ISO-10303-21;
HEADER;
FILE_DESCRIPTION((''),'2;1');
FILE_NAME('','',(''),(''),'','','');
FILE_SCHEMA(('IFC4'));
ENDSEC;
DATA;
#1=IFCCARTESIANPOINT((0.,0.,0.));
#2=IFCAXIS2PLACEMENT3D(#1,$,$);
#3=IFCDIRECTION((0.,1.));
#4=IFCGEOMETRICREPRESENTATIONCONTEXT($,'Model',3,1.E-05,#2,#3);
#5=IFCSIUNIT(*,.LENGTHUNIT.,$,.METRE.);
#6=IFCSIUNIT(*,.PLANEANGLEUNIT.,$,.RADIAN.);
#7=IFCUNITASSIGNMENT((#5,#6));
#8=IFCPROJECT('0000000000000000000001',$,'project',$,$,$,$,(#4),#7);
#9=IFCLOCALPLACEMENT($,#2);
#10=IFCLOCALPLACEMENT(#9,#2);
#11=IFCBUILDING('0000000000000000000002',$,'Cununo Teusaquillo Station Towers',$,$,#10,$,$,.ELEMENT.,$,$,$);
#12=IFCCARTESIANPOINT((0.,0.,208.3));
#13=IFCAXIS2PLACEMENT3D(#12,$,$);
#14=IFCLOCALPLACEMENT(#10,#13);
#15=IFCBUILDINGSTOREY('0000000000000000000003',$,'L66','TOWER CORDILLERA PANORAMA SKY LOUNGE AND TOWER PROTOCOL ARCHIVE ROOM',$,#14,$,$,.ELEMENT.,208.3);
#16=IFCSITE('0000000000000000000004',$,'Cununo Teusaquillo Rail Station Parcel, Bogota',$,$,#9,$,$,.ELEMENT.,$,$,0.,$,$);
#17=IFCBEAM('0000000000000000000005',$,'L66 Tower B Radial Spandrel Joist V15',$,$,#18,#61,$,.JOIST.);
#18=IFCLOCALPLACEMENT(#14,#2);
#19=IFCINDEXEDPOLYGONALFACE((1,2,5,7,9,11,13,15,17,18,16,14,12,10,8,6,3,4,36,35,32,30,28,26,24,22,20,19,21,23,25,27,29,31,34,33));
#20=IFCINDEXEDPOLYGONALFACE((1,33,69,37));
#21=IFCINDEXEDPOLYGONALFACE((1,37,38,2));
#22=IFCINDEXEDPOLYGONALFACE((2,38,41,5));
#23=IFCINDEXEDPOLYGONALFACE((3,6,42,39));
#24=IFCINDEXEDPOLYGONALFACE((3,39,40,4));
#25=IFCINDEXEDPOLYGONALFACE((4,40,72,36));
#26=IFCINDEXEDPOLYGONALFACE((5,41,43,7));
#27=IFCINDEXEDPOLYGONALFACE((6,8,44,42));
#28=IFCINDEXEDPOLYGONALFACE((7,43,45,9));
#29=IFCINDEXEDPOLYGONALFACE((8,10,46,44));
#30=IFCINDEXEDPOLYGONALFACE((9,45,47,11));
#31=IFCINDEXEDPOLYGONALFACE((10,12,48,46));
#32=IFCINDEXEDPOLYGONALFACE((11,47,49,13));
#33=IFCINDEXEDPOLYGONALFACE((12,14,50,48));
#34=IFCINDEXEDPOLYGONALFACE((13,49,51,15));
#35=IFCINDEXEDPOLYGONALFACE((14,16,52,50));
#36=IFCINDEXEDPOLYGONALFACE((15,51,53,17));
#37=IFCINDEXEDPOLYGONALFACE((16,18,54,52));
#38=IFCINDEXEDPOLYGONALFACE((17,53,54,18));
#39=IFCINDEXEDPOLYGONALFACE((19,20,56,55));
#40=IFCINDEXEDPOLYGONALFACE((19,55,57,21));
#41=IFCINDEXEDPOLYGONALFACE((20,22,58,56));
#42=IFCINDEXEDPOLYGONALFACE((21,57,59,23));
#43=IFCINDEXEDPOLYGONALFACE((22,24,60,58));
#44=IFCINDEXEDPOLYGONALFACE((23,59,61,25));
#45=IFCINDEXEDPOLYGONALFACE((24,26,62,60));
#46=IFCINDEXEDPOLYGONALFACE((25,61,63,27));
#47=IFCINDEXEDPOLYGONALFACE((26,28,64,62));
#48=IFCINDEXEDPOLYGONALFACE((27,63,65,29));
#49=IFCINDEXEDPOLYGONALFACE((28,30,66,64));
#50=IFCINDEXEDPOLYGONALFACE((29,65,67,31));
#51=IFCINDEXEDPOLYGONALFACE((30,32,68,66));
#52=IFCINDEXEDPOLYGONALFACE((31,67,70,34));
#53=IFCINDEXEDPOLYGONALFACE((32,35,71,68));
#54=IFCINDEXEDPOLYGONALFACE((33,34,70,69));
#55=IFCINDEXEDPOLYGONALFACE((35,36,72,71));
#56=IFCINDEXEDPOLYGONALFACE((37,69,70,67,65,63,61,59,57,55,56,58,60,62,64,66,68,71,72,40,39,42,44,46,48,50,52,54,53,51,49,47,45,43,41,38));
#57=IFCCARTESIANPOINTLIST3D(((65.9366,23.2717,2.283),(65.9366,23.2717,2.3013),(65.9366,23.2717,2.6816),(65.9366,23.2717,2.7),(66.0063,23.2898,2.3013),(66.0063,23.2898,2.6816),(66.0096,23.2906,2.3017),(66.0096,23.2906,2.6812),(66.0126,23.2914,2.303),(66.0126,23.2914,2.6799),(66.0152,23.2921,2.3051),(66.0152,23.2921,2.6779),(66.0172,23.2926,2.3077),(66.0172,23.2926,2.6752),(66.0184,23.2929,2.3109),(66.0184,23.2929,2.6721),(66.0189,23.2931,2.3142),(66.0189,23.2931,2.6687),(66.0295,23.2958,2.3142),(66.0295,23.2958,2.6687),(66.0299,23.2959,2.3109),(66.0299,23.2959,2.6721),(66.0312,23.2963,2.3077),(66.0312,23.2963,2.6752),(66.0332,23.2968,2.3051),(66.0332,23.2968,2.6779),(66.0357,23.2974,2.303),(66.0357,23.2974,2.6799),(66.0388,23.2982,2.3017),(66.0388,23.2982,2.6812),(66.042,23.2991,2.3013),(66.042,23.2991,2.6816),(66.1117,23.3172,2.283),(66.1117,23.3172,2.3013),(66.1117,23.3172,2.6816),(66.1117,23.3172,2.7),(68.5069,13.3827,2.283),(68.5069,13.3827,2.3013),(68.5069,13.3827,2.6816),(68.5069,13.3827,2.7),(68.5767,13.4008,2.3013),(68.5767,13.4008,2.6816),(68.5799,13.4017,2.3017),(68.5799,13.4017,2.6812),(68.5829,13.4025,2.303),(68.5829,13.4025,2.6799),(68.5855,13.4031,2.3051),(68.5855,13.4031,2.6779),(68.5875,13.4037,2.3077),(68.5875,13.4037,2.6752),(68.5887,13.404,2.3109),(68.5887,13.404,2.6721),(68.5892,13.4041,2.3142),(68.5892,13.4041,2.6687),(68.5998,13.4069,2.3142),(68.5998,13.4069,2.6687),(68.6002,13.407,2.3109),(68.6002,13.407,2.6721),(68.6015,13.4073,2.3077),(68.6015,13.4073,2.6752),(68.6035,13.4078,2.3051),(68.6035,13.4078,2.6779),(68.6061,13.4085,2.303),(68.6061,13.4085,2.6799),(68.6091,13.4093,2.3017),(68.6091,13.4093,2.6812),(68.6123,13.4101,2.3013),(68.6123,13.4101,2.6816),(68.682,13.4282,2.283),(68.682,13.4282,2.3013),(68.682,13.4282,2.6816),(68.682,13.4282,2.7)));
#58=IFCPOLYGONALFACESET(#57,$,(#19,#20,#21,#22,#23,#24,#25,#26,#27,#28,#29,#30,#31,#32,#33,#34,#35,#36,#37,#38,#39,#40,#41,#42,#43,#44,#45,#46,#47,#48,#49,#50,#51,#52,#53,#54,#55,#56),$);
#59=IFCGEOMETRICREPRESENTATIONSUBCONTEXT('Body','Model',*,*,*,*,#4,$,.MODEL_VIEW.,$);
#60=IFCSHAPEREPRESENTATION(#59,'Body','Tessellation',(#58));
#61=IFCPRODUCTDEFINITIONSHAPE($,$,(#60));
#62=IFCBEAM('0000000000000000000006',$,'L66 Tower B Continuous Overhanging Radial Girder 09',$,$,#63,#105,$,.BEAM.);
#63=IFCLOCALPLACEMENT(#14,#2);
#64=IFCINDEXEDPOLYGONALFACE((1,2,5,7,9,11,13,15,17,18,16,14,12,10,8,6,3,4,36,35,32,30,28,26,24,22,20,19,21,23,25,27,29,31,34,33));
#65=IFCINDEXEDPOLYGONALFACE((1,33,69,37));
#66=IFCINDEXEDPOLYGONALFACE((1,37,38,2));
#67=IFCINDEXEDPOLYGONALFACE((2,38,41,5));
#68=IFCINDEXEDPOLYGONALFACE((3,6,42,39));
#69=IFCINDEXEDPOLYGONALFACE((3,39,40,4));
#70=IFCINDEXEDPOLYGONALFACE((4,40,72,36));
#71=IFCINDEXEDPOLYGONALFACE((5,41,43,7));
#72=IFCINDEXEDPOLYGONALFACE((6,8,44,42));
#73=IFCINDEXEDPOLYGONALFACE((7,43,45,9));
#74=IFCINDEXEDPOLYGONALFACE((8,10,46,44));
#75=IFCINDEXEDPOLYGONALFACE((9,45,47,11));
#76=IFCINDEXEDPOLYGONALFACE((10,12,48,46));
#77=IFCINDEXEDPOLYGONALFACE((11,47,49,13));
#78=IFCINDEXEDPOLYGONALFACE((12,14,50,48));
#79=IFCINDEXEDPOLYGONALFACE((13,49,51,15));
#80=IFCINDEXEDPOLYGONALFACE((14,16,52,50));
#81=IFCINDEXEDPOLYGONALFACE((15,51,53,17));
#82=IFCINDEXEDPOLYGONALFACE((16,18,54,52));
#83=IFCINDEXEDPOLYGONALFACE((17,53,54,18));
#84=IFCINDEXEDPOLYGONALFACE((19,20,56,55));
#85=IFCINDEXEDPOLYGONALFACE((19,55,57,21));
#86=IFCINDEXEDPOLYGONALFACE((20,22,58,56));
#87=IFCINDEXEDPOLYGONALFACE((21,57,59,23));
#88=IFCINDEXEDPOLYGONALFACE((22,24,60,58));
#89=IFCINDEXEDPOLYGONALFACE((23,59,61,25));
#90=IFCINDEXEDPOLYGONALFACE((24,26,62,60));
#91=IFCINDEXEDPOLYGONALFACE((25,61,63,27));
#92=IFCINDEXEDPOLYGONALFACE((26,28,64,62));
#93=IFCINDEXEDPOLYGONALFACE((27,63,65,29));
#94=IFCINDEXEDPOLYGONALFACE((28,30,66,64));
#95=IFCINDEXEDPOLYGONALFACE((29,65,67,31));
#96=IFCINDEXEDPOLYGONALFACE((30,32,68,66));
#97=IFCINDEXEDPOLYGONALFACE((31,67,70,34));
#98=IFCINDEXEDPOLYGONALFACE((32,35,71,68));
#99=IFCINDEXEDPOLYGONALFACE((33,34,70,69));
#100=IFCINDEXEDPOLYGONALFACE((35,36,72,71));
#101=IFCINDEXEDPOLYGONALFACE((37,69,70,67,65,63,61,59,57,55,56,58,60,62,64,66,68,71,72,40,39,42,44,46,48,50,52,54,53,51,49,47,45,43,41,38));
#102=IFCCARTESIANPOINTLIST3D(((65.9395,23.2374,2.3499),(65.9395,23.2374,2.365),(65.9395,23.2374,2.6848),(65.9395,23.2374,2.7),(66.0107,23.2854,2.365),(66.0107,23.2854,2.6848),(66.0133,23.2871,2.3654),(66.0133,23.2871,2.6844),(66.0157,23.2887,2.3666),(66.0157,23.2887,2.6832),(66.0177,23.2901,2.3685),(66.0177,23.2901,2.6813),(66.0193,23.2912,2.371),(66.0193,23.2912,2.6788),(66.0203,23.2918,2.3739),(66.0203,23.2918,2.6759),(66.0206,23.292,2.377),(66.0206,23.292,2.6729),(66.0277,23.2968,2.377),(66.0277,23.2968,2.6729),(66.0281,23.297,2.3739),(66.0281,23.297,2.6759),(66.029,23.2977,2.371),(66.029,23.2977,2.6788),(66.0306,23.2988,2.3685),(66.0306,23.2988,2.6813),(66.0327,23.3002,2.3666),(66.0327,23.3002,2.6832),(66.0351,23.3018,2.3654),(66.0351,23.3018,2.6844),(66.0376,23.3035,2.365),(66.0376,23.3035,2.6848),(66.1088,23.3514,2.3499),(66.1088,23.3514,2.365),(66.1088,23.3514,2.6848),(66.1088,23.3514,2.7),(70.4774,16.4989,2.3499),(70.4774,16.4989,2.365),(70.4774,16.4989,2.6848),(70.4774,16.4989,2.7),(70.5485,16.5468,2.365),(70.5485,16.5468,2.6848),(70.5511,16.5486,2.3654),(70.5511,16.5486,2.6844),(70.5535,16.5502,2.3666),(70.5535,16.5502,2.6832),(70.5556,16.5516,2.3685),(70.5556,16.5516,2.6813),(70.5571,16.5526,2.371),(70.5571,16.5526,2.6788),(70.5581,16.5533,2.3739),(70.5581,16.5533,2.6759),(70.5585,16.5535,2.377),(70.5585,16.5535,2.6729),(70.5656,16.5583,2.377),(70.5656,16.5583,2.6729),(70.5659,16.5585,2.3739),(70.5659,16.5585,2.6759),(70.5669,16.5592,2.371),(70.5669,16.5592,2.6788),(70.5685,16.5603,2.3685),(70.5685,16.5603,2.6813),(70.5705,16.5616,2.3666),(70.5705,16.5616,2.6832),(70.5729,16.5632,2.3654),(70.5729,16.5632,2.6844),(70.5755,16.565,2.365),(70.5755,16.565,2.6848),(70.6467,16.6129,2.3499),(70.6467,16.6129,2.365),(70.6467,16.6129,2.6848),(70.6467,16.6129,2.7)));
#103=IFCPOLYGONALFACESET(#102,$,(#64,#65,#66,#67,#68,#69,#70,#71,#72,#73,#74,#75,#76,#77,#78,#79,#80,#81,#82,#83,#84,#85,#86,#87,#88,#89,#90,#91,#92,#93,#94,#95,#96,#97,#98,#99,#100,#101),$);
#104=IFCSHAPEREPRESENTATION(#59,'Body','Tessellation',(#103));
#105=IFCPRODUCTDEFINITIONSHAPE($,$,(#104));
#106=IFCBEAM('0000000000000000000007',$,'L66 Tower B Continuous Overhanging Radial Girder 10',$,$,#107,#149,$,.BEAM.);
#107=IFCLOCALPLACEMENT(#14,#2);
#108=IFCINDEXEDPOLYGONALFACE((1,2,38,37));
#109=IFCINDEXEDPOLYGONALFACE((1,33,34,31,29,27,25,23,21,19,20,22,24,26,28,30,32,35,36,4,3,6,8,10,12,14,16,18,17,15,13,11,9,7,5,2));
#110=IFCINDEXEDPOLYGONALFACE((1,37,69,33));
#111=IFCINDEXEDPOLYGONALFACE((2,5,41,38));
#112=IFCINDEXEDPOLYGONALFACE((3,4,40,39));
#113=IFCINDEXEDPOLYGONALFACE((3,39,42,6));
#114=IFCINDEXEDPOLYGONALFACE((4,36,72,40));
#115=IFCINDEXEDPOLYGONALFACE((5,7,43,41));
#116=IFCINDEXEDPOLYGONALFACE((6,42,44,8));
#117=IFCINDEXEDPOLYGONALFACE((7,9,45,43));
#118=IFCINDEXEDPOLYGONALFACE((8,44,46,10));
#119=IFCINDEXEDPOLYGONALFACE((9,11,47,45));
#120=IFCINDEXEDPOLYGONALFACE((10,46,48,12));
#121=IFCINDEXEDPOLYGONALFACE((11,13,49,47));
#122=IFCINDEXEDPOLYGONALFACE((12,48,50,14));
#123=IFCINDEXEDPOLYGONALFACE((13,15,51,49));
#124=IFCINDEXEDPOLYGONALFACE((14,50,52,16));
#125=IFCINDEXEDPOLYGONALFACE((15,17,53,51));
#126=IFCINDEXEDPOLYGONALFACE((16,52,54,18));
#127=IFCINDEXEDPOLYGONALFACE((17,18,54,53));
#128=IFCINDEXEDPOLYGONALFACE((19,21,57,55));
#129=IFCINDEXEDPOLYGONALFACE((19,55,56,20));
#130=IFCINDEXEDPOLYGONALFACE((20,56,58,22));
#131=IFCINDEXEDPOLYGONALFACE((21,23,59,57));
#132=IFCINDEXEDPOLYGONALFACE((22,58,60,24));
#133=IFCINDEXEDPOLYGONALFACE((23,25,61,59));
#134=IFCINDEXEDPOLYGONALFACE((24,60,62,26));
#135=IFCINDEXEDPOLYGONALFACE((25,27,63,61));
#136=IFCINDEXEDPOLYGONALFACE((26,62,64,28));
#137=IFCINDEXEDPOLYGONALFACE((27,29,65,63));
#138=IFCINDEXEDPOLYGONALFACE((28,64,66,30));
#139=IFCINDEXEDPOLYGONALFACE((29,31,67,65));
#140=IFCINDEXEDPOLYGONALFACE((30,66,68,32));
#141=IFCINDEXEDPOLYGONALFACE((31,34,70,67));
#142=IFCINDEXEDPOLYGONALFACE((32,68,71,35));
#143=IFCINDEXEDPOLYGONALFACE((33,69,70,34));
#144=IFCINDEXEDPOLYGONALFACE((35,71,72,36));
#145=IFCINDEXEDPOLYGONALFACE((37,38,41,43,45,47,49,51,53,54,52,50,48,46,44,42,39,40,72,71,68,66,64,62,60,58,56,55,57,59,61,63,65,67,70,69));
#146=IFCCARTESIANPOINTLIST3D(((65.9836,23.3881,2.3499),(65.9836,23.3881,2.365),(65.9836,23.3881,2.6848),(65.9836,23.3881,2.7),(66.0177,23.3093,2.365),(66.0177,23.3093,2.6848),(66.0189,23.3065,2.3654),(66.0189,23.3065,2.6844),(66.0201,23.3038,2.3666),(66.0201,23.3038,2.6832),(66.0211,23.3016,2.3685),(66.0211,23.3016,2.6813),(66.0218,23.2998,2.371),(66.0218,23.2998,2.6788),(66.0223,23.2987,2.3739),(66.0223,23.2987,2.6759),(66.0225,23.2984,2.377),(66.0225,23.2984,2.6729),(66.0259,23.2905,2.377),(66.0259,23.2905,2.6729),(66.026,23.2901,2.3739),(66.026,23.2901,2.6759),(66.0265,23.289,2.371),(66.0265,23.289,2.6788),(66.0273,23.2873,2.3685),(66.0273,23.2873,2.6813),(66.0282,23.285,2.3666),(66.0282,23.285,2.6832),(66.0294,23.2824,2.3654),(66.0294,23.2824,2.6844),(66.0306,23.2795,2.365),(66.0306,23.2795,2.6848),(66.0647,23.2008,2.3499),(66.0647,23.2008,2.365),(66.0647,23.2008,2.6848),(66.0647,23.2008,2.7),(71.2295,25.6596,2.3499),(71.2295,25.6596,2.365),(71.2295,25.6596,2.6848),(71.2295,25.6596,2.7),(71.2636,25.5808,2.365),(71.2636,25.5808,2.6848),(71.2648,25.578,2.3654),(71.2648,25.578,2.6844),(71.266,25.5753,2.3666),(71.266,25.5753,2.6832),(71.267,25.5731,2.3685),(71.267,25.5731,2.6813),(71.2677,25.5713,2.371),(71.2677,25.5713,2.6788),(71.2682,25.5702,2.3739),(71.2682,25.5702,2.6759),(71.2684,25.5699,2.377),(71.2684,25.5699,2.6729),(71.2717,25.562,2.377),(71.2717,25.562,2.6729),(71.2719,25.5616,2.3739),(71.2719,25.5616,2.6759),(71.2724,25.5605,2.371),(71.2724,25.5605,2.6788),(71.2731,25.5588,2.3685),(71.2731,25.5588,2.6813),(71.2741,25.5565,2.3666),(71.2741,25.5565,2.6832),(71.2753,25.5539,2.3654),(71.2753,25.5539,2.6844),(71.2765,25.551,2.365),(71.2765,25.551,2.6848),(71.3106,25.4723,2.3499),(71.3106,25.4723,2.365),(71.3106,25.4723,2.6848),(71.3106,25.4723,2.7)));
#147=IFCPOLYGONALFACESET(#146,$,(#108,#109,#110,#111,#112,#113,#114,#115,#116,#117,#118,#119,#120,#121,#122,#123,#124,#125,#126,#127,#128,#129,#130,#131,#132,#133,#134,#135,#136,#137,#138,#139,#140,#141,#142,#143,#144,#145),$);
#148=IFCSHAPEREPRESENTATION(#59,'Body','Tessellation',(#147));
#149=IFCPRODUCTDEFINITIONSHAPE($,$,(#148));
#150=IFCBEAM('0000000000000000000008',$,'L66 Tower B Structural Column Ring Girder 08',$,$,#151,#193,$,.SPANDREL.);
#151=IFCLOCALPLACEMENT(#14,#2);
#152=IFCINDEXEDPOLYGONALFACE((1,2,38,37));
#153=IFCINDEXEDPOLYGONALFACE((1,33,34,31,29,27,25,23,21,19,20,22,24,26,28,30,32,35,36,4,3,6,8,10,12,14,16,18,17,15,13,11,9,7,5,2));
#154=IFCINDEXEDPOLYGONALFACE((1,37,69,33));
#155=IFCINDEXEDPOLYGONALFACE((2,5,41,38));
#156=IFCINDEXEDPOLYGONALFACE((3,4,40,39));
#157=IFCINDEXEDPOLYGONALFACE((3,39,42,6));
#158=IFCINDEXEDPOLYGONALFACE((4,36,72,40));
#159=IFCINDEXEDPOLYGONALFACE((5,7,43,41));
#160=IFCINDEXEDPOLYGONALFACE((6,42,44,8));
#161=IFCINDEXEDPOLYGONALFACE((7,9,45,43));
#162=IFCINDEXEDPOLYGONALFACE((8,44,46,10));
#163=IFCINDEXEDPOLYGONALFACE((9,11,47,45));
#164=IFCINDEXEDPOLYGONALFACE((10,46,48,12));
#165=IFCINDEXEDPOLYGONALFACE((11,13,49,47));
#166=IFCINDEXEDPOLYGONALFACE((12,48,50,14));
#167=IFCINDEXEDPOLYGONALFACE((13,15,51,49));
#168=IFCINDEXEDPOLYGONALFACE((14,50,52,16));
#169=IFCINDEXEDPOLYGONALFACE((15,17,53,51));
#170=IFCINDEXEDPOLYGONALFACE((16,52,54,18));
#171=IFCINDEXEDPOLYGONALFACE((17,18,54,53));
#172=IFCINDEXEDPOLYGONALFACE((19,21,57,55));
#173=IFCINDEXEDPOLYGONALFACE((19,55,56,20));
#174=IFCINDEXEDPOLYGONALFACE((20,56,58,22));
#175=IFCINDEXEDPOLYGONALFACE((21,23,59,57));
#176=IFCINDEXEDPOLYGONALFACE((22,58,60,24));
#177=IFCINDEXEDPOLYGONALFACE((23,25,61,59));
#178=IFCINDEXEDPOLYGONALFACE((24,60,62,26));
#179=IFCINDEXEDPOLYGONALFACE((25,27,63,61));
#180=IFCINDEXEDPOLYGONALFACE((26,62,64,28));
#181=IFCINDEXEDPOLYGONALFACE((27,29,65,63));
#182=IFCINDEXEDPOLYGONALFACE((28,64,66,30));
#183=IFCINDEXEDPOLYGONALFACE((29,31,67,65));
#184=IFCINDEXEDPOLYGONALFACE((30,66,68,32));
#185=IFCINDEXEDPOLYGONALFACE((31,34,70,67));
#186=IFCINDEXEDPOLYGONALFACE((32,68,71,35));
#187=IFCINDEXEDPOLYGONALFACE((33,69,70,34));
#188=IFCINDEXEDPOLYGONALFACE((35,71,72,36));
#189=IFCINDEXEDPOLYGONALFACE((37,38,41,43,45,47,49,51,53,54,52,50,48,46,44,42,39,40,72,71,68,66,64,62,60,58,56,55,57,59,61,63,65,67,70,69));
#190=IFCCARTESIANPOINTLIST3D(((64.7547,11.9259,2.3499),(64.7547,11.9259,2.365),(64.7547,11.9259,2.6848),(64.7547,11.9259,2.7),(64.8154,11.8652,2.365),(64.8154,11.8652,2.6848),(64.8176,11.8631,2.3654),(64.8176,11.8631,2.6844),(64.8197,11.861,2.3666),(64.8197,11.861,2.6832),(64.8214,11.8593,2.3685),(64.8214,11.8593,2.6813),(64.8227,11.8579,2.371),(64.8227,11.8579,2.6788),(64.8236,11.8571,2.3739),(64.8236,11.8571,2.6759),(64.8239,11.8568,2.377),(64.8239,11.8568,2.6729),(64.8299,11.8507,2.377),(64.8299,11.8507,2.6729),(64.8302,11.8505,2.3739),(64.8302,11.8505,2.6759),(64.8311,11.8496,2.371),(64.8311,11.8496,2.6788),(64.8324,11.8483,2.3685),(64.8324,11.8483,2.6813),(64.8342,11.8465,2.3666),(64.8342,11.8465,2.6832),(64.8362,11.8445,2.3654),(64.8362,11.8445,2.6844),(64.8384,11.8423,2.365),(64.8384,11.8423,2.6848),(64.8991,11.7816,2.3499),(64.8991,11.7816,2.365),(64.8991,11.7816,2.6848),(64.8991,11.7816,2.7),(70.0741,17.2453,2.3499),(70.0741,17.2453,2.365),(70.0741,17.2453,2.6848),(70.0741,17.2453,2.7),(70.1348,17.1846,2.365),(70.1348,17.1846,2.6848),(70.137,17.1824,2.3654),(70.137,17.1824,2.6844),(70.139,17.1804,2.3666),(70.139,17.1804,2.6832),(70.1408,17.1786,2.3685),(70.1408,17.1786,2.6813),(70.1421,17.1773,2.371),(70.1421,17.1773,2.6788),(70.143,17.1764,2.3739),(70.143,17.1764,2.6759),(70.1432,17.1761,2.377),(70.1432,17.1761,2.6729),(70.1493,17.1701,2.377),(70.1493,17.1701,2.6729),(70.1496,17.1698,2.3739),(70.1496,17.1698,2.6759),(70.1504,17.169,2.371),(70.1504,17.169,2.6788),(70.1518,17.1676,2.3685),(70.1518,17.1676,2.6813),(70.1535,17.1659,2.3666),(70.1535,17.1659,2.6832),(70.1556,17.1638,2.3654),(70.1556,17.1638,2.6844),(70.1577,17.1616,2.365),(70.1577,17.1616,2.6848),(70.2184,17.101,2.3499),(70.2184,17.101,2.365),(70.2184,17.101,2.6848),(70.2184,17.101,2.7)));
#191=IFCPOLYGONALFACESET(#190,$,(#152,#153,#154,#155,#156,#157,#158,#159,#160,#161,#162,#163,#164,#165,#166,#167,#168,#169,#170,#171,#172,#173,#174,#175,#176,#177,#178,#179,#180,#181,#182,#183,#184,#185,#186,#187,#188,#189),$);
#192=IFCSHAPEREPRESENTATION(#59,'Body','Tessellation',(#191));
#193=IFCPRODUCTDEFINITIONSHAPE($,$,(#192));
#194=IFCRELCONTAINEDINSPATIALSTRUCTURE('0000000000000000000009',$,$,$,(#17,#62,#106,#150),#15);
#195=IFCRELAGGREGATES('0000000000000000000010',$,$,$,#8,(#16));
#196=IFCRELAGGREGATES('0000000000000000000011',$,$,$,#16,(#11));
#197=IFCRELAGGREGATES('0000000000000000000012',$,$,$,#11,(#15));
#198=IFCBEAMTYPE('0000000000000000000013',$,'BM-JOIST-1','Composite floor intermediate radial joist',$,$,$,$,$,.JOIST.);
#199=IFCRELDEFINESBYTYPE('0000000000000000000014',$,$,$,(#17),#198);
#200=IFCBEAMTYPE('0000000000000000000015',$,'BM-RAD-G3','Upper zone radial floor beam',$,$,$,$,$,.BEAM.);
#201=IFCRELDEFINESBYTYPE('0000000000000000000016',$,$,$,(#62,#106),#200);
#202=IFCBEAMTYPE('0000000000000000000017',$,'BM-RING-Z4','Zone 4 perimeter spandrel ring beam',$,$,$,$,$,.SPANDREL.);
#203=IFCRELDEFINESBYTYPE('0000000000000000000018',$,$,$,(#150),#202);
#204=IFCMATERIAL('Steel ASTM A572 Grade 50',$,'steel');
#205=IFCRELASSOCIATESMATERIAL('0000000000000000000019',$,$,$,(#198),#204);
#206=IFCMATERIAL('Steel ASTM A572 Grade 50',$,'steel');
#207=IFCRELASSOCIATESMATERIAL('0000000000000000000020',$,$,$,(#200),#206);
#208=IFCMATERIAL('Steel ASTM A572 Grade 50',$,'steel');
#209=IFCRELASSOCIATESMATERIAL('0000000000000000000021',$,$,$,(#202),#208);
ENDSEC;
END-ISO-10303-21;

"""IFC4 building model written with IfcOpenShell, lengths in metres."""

from ifc_helpers import new_model, si_unit, direction, frame, origin, origin_2d, place, context, subcontext, project, spatial, i_section, extrude, material, material_profile, profile_set, type_object, element, save


model = new_model("IFC4")

# Units and contexts
model_context = context("Model", 3, precision=1e-05, world=origin(), true_north=direction((0.0, 1.0)))
body_context = subcontext(model_context, "Body", "Model", "MODEL_VIEW")
ifc_project = project(units=[si_unit("LENGTHUNIT", "METRE"), si_unit("PLANEANGLEUNIT", "RADIAN")], contexts=[model_context])

# Site, building, storey
site_placement = place(None, origin())
site = spatial("IfcSite", under=ifc_project, at=site_placement, Name="Cununo Teusaquillo Rail Station Parcel, Bogota", CompositionType="ELEMENT", RefElevation=0.0)
building_placement = place(site_placement, origin())
building = spatial("IfcBuilding", under=site, at=building_placement, Name="Cununo Teusaquillo Station Towers", CompositionType="ELEMENT")
storey_placement = place(building_placement, frame((0.0, 0.0, 208.3)))
storey = spatial("IfcBuildingStorey", under=building, at=storey_placement, Name="L66", Description="TOWER CORDILLERA PANORAMA SKY LOUNGE AND TOWER PROTOCOL ARCHIVE ROOM", CompositionType="ELEMENT", Elevation=208.3)

# Beams
ifc_material_1 = material(Name="Steel ASTM A572 Grade 50", Category="steel")
ifc_material_profile_1 = material_profile(ifc_material_1, i_section(OverallWidth=0.1809, OverallDepth=0.417, WebThickness=0.011, FlangeThickness=0.0183, FilletRadius=0.0129, at=origin_2d()), Name="W16X57")
ifc_profile_set_1 = profile_set([ifc_material_profile_1], Name="Steel ASTM A572 Grade 50")
beam_type_1 = type_object("IfcBeamType", Name="BM-JOIST-1", Description="Composite floor intermediate radial joist", PredefinedType="JOIST", material=ifc_profile_set_1)
beam_1_placement = place(storey_placement, frame((66.0242, 23.2944, 2.4915), z_axis=(0.25156, -0.967842, 0.0), x_axis=(0.967842, 0.25156, 0.0)))
element("IfcBeam", 1, at=beam_1_placement, inside=storey, type_object=beam_type_1, Name="L66 Tower B Radial Spandrel Joist V15", PredefinedType="JOIST", context=body_context, shape_type="SweptSolid", body=[
    extrude(i_section(OverallWidth=0.1809, OverallDepth=0.417, WebThickness=0.011, FlangeThickness=0.0183, FilletRadius=0.0129, at=origin_2d()), origin(), (0.0, 0.0, 1.0), 10.2175),
])
ifc_material_2 = material(Name="Steel ASTM A572 Grade 50", Category="steel")
ifc_material_profile_2 = material_profile(ifc_material_2, i_section(OverallWidth=0.2041, OverallDepth=0.3501, WebThickness=0.0085, FlangeThickness=0.0151, FilletRadius=0.012, at=origin_2d()), Name="W14X48")
ifc_profile_set_2 = profile_set([ifc_material_profile_2], Name="Steel ASTM A572 Grade 50")
beam_type_2 = type_object("IfcBeamType", Name="BM-RAD-G3", Description="Upper zone radial floor beam", PredefinedType="BEAM", material=ifc_profile_set_2)
beam_2_placement = place(storey_placement, frame((66.0242, 23.2944, 2.5249), z_axis=(0.558571, -0.829457, 0.0), x_axis=(0.829457, 0.558571, 0.0)))
element("IfcBeam", 2, at=beam_2_placement, inside=storey, type_object=beam_type_2, Name="L66 Tower B Continuous Overhanging Radial Girder 09", PredefinedType="BEAM", context=body_context, shape_type="SweptSolid", body=[
    extrude(i_section(OverallWidth=0.2041, OverallDepth=0.3501, WebThickness=0.0085, FlangeThickness=0.0151, FilletRadius=0.012, at=origin_2d()), origin(), (0.0, 0.0, 1.0), 8.124),
])
beam_3_placement = place(storey_placement, frame((66.0242, 23.2944, 2.5249), z_axis=(0.917665, 0.397355, 0.0), x_axis=(-0.397355, 0.917665, 0.0)))
element("IfcBeam", 3, at=beam_3_placement, inside=storey, type_object=beam_type_2, Name="L66 Tower B Continuous Overhanging Radial Girder 10", PredefinedType="BEAM", context=body_context, shape_type="SweptSolid", body=[
    extrude(i_section(OverallWidth=0.2041, OverallDepth=0.3501, WebThickness=0.0085, FlangeThickness=0.0151, FilletRadius=0.012, at=origin_2d()), origin(), (0.0, 0.0, 1.0), 5.7166),
])
ifc_material_3 = material(Name="Steel ASTM A572 Grade 50", Category="steel")
ifc_material_profile_3 = material_profile(ifc_material_3, i_section(OverallWidth=0.2041, OverallDepth=0.3501, WebThickness=0.0085, FlangeThickness=0.0151, FilletRadius=0.012, at=origin_2d()), Name="W14X48")
ifc_profile_set_3 = profile_set([ifc_material_profile_3], Name="Steel ASTM A572 Grade 50")
beam_type_3 = type_object("IfcBeamType", Name="BM-RING-Z4", Description="Zone 4 perimeter spandrel ring beam", PredefinedType="SPANDREL", material=ifc_profile_set_3)
beam_4_placement = place(storey_placement, frame((64.8269, 11.8538, 2.5249), z_axis=(0.707107, 0.707107, 0.0), x_axis=(-0.707107, 0.707107, 0.0)))
element("IfcBeam", 4, at=beam_4_placement, inside=storey, type_object=beam_type_3, Name="L66 Tower B Structural Column Ring Girder 08", PredefinedType="SPANDREL", context=body_context, shape_type="SweptSolid", body=[
    extrude(i_section(OverallWidth=0.2041, OverallDepth=0.3501, WebThickness=0.0085, FlangeThickness=0.0151, FilletRadius=0.012, at=origin_2d()), origin(), (0.0, 0.0, 1.0), 7.5227),
])

save(model, "model.ifc")
